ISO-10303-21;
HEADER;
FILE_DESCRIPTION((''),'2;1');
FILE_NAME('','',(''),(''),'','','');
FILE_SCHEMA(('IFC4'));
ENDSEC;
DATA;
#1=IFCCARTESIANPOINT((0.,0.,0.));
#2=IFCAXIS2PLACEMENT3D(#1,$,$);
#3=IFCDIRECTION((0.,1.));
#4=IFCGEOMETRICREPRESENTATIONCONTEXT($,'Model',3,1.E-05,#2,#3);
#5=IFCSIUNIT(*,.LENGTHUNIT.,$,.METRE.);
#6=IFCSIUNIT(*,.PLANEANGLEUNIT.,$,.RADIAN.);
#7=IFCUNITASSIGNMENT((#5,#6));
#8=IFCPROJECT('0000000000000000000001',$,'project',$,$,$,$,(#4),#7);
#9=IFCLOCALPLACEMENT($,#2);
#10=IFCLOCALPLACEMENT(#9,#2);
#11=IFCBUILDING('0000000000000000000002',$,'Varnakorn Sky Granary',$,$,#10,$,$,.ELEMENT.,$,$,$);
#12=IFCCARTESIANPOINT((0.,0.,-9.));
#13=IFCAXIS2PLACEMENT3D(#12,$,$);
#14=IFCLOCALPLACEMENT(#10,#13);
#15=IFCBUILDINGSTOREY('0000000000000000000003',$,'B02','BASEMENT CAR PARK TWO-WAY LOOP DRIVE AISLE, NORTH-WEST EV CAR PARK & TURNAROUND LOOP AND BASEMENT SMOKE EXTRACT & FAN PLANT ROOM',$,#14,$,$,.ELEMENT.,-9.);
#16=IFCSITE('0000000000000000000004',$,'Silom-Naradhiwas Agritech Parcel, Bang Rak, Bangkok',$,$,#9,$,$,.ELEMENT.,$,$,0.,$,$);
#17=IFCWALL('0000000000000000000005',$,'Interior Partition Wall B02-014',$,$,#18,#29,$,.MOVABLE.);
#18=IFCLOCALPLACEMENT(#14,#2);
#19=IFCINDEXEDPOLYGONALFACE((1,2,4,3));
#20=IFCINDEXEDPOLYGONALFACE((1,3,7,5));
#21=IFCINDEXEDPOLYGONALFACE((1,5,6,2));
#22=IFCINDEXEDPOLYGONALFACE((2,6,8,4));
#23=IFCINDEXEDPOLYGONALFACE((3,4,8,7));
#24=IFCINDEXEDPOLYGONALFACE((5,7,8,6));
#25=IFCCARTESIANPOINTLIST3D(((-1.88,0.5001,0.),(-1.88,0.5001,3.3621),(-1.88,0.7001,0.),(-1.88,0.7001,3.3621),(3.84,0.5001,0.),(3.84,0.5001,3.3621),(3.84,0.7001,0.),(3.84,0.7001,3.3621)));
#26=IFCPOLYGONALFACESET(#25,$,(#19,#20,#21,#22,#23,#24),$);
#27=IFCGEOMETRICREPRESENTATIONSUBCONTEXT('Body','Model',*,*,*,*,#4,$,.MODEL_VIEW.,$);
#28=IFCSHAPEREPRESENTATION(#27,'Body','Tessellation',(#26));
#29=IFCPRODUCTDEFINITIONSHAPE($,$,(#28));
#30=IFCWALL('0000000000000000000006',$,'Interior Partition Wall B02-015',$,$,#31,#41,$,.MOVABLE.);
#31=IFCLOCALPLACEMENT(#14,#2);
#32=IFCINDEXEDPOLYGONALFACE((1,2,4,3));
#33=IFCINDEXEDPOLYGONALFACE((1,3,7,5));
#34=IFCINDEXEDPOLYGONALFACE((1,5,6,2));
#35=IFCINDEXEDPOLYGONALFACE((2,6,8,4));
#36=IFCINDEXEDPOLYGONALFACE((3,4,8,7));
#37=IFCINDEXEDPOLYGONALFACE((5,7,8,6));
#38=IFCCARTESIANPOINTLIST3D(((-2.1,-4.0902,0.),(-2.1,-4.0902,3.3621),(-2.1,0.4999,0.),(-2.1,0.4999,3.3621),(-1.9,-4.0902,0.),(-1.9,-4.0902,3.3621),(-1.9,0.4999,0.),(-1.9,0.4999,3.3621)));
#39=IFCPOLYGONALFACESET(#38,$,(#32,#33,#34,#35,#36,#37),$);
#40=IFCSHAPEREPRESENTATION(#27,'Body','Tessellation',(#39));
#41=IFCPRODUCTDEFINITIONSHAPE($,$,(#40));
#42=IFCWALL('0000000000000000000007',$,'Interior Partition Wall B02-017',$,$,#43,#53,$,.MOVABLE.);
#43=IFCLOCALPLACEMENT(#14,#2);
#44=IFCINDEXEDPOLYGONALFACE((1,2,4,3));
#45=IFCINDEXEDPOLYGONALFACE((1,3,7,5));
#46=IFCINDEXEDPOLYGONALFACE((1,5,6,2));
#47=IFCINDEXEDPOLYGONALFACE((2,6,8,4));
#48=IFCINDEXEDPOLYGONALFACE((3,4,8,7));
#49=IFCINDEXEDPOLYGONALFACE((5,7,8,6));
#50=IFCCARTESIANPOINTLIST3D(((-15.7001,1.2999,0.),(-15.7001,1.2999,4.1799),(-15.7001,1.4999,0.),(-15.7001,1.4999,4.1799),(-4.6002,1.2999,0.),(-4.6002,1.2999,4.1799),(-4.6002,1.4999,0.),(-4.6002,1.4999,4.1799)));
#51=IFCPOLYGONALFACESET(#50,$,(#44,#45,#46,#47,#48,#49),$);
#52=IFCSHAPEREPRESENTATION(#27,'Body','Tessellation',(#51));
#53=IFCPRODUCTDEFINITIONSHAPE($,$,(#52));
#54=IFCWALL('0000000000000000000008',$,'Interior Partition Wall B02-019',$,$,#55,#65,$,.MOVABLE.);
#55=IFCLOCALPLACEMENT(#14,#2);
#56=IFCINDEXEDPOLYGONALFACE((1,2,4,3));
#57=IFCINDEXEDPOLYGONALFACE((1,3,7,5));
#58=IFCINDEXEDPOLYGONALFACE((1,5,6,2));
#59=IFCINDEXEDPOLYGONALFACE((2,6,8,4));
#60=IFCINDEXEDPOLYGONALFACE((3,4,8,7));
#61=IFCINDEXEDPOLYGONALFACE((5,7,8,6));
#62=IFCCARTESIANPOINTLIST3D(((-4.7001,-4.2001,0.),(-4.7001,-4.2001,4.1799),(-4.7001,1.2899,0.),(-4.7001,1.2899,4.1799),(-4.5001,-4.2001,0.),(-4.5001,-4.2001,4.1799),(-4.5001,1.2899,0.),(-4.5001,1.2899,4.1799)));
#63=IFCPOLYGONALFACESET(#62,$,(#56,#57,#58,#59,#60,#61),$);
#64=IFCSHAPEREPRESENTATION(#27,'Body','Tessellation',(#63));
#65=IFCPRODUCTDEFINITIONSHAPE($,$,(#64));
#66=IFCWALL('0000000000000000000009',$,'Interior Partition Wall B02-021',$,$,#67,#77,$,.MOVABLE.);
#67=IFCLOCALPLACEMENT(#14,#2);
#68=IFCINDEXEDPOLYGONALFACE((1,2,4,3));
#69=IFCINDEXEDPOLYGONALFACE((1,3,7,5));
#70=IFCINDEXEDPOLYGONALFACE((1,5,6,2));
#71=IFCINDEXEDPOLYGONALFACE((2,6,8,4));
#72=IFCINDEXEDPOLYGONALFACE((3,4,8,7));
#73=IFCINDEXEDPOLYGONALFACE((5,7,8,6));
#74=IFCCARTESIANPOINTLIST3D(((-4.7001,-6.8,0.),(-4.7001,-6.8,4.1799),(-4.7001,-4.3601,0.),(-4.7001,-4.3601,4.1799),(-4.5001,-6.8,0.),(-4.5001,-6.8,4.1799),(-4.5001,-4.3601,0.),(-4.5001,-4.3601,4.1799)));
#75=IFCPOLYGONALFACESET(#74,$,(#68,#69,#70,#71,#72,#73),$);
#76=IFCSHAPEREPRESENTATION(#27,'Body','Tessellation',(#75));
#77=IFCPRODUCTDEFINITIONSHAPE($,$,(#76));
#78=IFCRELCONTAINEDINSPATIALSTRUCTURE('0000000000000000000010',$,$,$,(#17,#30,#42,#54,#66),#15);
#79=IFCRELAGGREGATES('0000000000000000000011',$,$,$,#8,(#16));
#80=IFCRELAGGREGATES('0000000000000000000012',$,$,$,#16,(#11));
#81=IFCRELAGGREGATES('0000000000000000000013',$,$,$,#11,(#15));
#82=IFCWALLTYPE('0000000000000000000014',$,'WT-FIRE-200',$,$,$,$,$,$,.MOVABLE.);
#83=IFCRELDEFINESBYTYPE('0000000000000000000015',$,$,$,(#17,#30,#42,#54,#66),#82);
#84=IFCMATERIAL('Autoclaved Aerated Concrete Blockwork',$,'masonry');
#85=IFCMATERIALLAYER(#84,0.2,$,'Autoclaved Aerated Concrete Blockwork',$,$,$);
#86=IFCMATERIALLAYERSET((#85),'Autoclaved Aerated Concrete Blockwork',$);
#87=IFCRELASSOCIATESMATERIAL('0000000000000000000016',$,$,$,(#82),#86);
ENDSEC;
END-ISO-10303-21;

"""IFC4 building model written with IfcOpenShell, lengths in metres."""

from ifc_helpers import new_model, si_unit, direction, frame, frame_2d, origin, place, context, subcontext, project, spatial, rectangle, extrude, material, layer, layer_set, type_object, element, save


model = new_model("IFC4")

# Units and contexts
model_context = context("Model", 3, precision=1e-05, world=origin(), true_north=direction((0.0, 1.0)))
body_context = subcontext(model_context, "Body", "Model", "MODEL_VIEW")
ifc_project = project(units=[si_unit("LENGTHUNIT", "METRE"), si_unit("PLANEANGLEUNIT", "RADIAN")], contexts=[model_context])

# Site, building, storey
site_placement = place(None, origin())
site = spatial("IfcSite", under=ifc_project, at=site_placement, Name="Silom-Naradhiwas Agritech Parcel, Bang Rak, Bangkok", CompositionType="ELEMENT", RefElevation=0.0)
building_placement = place(site_placement, origin())
building = spatial("IfcBuilding", under=site, at=building_placement, Name="Varnakorn Sky Granary", CompositionType="ELEMENT")
storey_placement = place(building_placement, frame((0.0, 0.0, -9.0)))
storey = spatial("IfcBuildingStorey", under=building, at=storey_placement, Name="B02", Description="BASEMENT CAR PARK TWO-WAY LOOP DRIVE AISLE, NORTH-WEST EV CAR PARK & TURNAROUND LOOP AND BASEMENT SMOKE EXTRACT & FAN PLANT ROOM", CompositionType="ELEMENT", Elevation=-9.0)

# Shared definitions
ifc_material_1 = material(Name="Autoclaved Aerated Concrete Blockwork", Category="masonry")
ifc_layer_1 = layer(ifc_material_1, 0.2, Name="Autoclaved Aerated Concrete Blockwork")
ifc_layer_set_1 = layer_set([ifc_layer_1], Name="Autoclaved Aerated Concrete Blockwork")
wall_type_1 = type_object("IfcWallType", Name="WT-FIRE-200", PredefinedType="MOVABLE", material=ifc_layer_set_1)

# Walls
wall_1_placement = place(storey_placement, frame((-1.8799, 0.6001, 0.0), z_axis=(0.0, 0.0, 1.0), x_axis=(1.0, 0.0, 0.0)))
element("IfcWall", 1, at=wall_1_placement, inside=storey, type_object=wall_type_1, Name="Interior Partition Wall B02-014", PredefinedType="MOVABLE", context=body_context, shape_type="SweptSolid", body=[
    extrude(rectangle(XDim=5.72, YDim=0.2, at=frame_2d((2.8599, 0.0))), origin(), (0.0, 0.0, 1.0), 3.3621),
])
wall_2_placement = place(storey_placement, frame((-2.0, -4.0901, 0.0), z_axis=(0.0, 0.0, 1.0), x_axis=(0.0, 1.0, 0.0)))
element("IfcWall", 2, at=wall_2_placement, inside=storey, type_object=wall_type_1, Name="Interior Partition Wall B02-015", PredefinedType="MOVABLE", context=body_context, shape_type="SweptSolid", body=[
    extrude(rectangle(XDim=4.5901, YDim=0.2, at=frame_2d((2.2949, 0.0))), origin(), (0.0, 0.0, 1.0), 3.3621),
])
wall_3_placement = place(storey_placement, frame((-15.7, 1.3999, 0.0), z_axis=(0.0, 0.0, 1.0), x_axis=(1.0, 0.0, 0.0)))
element("IfcWall", 3, at=wall_3_placement, inside=storey, type_object=wall_type_1, Name="Interior Partition Wall B02-017", PredefinedType="MOVABLE", context=body_context, shape_type="SweptSolid", body=[
    extrude(rectangle(XDim=11.0999, YDim=0.2, at=frame_2d((5.5498, 0.0))), origin(), (0.0, 0.0, 1.0), 4.1799),
])
wall_4_placement = place(storey_placement, frame((-4.6001, 1.29, 0.0), z_axis=(0.0, 0.0, 1.0), x_axis=(0.0, -1.0, 0.0)))
element("IfcWall", 4, at=wall_4_placement, inside=storey, type_object=wall_type_1, Name="Interior Partition Wall B02-019", PredefinedType="MOVABLE", context=body_context, shape_type="SweptSolid", body=[
    extrude(rectangle(XDim=5.49, YDim=0.2, at=frame_2d((2.7451, 0.0))), origin(), (0.0, 0.0, 1.0), 4.1799),
])
wall_5_placement = place(storey_placement, frame((-4.6001, -4.3601, 0.0), z_axis=(0.0, 0.0, 1.0), x_axis=(0.0, -1.0, 0.0)))
element("IfcWall", 5, at=wall_5_placement, inside=storey, type_object=wall_type_1, Name="Interior Partition Wall B02-021", PredefinedType="MOVABLE", context=body_context, shape_type="SweptSolid", body=[
    extrude(rectangle(XDim=2.4399, YDim=0.2, at=frame_2d((1.22, 0.0))), origin(), (0.0, 0.0, 1.0), 4.1799),
])

save(model, "model.ifc")
